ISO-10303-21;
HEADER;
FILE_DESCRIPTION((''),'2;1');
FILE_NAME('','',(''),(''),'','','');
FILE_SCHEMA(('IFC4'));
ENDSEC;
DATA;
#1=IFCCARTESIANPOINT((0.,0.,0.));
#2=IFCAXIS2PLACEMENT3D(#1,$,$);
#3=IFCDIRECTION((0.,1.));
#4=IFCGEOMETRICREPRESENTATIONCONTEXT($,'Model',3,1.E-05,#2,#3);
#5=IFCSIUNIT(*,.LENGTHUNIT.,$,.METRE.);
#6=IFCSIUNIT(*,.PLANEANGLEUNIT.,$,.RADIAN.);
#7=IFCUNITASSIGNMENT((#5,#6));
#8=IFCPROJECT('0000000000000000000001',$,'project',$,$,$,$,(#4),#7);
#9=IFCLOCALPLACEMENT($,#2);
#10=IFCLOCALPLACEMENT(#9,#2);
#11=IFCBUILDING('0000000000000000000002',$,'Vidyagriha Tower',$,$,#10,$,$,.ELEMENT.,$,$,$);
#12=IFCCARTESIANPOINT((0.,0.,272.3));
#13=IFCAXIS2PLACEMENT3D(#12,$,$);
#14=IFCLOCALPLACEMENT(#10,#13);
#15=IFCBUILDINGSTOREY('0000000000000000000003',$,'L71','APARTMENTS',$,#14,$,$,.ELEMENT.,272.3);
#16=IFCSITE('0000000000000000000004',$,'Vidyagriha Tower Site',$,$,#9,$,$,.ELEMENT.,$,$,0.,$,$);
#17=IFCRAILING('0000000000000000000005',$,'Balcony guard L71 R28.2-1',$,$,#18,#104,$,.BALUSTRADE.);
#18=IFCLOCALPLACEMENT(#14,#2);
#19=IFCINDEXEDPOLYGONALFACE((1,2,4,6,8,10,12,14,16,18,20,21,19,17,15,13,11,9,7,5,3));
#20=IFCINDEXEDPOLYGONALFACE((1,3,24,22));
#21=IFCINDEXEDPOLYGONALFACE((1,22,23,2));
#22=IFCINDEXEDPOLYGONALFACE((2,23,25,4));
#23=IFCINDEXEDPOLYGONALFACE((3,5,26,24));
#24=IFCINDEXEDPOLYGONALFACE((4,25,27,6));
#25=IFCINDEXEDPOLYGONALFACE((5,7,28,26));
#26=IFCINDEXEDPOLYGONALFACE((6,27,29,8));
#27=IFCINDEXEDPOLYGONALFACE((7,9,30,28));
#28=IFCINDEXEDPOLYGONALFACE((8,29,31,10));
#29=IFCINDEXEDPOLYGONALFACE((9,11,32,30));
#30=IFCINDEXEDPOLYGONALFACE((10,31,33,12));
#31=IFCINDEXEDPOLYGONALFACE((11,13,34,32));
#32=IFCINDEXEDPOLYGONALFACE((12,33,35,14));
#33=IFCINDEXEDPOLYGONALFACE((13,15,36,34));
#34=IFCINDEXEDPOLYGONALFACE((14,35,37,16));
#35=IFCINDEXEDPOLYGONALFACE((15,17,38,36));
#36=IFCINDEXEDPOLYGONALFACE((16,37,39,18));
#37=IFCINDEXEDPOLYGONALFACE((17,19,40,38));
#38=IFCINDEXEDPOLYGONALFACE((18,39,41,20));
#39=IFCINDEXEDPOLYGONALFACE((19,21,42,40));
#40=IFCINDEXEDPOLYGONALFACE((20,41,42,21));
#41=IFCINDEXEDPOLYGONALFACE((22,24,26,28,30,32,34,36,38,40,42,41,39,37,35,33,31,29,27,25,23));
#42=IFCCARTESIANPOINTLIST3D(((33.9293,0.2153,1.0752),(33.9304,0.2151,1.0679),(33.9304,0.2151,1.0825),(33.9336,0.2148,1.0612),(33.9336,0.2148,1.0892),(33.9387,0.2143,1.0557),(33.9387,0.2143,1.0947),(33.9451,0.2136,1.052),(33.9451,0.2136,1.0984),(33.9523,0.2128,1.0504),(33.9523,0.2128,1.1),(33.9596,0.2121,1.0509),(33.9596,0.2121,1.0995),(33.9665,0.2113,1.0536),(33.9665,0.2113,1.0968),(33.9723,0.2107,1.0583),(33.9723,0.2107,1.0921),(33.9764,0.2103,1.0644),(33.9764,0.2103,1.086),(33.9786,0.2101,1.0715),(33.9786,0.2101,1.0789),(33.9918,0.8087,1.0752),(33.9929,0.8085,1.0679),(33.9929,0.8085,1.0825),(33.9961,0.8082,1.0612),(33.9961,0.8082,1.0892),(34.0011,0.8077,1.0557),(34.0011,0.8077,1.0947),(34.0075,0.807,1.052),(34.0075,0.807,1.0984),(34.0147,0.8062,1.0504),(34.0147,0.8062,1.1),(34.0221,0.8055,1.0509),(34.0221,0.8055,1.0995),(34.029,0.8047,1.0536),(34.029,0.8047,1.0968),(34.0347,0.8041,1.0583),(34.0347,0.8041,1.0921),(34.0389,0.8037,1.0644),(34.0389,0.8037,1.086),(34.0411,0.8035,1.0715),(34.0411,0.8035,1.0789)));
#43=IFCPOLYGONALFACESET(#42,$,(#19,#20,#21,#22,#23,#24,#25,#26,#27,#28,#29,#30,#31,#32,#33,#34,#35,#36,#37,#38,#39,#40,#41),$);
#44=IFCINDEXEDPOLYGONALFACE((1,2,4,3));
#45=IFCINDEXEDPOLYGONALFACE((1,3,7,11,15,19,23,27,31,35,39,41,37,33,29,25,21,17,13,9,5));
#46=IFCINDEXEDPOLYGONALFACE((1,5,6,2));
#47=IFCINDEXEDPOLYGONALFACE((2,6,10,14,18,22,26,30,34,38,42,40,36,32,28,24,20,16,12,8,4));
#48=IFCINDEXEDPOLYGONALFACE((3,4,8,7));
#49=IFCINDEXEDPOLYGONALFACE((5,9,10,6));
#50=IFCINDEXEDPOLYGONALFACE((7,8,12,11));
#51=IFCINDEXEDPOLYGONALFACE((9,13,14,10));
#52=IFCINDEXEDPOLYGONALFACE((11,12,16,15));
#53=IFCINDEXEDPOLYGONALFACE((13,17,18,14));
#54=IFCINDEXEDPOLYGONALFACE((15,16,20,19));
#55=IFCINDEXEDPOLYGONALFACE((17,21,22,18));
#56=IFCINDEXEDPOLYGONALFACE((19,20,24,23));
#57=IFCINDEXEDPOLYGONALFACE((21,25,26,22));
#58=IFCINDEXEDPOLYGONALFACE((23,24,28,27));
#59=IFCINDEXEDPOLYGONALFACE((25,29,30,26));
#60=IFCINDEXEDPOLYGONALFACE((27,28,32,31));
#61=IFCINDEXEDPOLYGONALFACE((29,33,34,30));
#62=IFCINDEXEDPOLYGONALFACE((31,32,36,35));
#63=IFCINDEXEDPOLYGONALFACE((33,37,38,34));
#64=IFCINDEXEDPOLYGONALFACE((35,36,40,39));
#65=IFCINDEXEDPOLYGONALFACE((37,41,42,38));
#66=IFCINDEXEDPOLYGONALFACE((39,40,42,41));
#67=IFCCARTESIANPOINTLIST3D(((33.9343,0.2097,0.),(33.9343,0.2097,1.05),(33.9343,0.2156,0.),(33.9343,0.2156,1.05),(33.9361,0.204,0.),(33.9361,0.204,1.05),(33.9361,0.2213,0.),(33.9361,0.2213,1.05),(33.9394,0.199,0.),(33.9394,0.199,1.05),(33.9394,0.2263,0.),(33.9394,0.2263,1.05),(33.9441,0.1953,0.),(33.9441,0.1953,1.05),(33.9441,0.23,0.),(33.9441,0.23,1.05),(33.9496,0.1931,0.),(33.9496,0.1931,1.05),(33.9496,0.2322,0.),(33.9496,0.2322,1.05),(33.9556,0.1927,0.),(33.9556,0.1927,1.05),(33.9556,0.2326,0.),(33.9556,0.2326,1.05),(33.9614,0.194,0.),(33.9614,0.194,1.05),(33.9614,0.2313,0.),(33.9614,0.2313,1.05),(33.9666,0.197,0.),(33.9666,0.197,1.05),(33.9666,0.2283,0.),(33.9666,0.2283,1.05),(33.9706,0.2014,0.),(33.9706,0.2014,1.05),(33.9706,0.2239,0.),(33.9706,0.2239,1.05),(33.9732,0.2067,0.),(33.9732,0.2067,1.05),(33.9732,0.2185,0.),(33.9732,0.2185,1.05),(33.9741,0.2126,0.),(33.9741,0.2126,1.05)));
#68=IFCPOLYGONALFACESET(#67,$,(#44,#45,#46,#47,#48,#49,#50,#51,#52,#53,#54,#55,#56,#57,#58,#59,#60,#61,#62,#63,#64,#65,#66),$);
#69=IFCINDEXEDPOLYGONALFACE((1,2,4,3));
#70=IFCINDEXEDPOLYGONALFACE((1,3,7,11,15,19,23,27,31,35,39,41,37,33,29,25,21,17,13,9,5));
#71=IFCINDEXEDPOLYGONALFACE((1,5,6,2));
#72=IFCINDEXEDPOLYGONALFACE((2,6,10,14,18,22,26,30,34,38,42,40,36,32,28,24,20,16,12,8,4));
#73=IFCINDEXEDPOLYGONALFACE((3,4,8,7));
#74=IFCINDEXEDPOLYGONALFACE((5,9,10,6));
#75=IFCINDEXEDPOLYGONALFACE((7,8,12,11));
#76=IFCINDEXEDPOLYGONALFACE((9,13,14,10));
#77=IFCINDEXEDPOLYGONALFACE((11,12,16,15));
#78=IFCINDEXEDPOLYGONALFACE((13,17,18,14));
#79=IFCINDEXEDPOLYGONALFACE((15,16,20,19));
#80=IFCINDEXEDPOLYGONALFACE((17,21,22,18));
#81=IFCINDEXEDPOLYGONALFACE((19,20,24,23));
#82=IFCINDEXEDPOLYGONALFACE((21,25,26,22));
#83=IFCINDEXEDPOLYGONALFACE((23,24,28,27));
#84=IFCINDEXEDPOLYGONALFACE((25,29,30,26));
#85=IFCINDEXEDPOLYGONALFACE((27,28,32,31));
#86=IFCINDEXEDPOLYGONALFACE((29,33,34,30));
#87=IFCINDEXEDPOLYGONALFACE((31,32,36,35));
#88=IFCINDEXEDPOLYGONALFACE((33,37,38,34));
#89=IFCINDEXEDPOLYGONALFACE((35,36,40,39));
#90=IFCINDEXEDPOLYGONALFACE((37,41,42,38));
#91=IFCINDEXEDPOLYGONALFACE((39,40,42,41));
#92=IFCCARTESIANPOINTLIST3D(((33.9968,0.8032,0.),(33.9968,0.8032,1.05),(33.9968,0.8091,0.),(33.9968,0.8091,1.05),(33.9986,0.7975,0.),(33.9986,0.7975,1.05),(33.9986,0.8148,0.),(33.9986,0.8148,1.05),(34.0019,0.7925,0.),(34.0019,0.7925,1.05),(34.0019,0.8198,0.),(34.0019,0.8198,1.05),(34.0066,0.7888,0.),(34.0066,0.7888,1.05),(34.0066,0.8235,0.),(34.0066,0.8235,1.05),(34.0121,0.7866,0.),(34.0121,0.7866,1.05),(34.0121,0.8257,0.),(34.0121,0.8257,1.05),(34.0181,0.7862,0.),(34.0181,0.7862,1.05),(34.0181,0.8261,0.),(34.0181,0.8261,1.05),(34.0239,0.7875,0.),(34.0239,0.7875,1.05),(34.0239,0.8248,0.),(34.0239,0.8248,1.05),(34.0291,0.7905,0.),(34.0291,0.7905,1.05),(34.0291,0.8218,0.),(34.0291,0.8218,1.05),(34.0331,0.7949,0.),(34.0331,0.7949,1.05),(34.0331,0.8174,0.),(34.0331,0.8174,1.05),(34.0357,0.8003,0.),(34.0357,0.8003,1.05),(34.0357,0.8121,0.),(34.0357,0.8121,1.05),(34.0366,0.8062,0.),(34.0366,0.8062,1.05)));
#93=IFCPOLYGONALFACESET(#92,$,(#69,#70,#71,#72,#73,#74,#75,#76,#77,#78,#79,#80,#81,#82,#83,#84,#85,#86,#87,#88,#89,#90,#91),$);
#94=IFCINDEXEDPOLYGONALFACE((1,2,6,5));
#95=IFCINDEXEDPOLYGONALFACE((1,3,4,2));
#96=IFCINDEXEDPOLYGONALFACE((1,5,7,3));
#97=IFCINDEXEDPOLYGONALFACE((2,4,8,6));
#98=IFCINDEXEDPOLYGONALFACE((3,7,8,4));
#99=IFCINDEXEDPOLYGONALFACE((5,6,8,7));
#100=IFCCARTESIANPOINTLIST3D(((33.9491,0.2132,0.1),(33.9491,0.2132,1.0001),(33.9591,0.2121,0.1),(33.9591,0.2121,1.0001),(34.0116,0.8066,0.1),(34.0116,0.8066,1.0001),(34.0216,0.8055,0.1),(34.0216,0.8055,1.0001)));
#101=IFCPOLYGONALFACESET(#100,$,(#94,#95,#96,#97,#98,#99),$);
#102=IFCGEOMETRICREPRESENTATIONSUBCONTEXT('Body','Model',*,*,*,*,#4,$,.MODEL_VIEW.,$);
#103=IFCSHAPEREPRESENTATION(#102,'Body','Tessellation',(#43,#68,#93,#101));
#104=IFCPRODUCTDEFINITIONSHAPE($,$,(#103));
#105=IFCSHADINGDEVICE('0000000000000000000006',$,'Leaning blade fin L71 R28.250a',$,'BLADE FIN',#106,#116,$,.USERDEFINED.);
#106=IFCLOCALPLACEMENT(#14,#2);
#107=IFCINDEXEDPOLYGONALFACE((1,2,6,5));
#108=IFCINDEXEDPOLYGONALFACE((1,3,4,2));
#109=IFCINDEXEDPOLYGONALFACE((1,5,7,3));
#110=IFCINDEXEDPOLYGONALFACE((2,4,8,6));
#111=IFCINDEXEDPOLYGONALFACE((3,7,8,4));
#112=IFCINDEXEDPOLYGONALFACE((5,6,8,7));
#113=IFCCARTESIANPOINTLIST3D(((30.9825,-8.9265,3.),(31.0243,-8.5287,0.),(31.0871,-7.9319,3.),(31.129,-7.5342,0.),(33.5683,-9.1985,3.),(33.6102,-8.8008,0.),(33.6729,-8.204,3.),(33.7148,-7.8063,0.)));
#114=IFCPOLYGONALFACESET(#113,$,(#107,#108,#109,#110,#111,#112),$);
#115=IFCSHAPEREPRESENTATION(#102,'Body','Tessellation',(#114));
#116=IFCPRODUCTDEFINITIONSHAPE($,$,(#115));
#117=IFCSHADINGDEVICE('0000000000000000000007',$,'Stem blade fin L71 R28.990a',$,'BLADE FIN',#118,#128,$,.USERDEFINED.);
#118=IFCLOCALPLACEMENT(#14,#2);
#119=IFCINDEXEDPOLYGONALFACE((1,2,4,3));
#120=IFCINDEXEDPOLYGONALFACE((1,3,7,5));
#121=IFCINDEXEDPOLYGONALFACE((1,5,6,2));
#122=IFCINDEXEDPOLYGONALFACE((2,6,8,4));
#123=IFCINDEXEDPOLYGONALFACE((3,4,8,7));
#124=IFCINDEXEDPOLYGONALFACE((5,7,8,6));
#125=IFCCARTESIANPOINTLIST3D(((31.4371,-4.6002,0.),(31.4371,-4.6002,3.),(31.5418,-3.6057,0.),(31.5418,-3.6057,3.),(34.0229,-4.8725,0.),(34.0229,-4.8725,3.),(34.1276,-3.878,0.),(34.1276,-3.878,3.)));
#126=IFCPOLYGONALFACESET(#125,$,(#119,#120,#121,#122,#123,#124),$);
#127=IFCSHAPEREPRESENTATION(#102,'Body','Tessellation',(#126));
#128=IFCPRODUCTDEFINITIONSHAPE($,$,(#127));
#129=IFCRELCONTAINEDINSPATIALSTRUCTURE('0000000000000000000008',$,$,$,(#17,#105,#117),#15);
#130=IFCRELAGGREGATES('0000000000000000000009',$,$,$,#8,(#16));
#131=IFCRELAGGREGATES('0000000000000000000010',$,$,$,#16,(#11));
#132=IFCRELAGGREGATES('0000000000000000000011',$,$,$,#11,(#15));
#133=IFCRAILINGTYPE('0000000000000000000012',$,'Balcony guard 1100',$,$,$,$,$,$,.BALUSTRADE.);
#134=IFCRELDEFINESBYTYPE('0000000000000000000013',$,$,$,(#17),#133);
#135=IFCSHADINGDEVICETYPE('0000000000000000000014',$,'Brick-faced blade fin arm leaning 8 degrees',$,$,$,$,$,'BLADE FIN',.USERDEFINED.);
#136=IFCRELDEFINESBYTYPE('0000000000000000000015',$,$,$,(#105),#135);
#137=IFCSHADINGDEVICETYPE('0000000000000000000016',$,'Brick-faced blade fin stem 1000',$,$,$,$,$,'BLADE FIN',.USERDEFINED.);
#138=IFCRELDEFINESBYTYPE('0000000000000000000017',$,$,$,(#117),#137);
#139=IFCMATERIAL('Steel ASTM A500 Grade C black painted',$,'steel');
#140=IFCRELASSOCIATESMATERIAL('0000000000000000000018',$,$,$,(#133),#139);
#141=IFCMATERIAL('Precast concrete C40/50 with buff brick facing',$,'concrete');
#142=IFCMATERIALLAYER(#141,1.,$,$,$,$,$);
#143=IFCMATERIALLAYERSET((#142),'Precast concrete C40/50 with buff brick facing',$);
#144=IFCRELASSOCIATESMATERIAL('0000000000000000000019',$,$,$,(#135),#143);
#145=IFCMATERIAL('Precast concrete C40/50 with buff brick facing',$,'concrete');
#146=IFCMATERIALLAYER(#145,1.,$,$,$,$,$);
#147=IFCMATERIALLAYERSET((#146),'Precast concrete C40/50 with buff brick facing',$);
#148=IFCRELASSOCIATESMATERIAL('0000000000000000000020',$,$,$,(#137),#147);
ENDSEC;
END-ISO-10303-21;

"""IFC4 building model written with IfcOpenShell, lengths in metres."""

from ifc_helpers import new_model, si_unit, direction, frame, origin, origin_2d, place, context, subcontext, project, spatial, polyline, rectangle, circle, outline, extrude, material, layer, layer_set, type_object, element, save


model = new_model("IFC4")

# Units and contexts
model_context = context("Model", 3, precision=1e-05, world=origin(), true_north=direction((0.0, 1.0)))
body_context = subcontext(model_context, "Body", "Model", "MODEL_VIEW")
ifc_project = project(units=[si_unit("LENGTHUNIT", "METRE"), si_unit("PLANEANGLEUNIT", "RADIAN")], contexts=[model_context])

# Site, building, storey
site_placement = place(None, origin())
site = spatial("IfcSite", under=ifc_project, at=site_placement, Name="Vidyagriha Tower Site", CompositionType="ELEMENT", RefElevation=0.0)
building_placement = place(site_placement, origin())
building = spatial("IfcBuilding", under=site, at=building_placement, Name="Vidyagriha Tower", CompositionType="ELEMENT")
storey_placement = place(building_placement, frame((0.0, 0.0, 272.3)))
storey = spatial("IfcBuildingStorey", under=building, at=storey_placement, Name="L71", Description="APARTMENTS", CompositionType="ELEMENT", Elevation=272.3)

# Railing
ifc_material_1 = material(Name="Steel ASTM A500 Grade C black painted", Category="steel")
railing_type_1 = type_object("IfcRailingType", Name="Balcony guard 1100", PredefinedType="BALUSTRADE", material=ifc_material_1)
railing_1_placement = place(storey_placement, frame((33.9541, 0.2126, 0.0)))
element("IfcRailing", 1, at=railing_1_placement, inside=storey, type_object=railing_type_1, Name="Balcony guard L71 R28.2-1", PredefinedType="BALUSTRADE", context=body_context, shape_type="SweptSolid", body=[
    extrude(circle(Radius=0.0249, at=origin_2d()), frame((0.0, 0.0, 1.0752), z_axis=(0.104727, 0.994501, 0.0), x_axis=(-0.994501, 0.104727, 0.0)), (0.0, 0.0, 1.0), 0.5967),
    extrude(circle(Radius=0.02, at=origin_2d()), origin(), (0.0, 0.0, 1.0), 1.05),
    extrude(circle(Radius=0.02, at=origin_2d()), frame((0.0625, 0.5935, 0.0)), (0.0, 0.0, 1.0), 1.05),
    extrude(rectangle(XDim=0.01, YDim=0.9001, at=origin_2d()), frame((0.0, 0.0, 0.55), z_axis=(0.104727, 0.994501, 0.0), x_axis=(-0.994501, 0.104727, 0.0)), (0.0, 0.0, 1.0), 0.5967),
])

# Shading devices
ifc_material_2 = material(Name="Precast concrete C40/50 with buff brick facing", Category="concrete")
ifc_layer_1 = layer(ifc_material_2, 1.0)
ifc_layer_set_1 = layer_set([ifc_layer_1], Name="Precast concrete C40/50 with buff brick facing")
shading_device_type_1 = type_object("IfcShadingDeviceType", Name="Brick-faced blade fin arm leaning 8 degrees", ElementType="BLADE FIN", PredefinedType="USERDEFINED", material=ifc_layer_set_1)
shading_device_1_placement = place(storey_placement, frame((32.2754, -9.0625, 0.0), z_axis=(0.0, 0.0, 1.0), x_axis=(0.104648, 0.994509, 0.0)))
element("IfcShadingDevice", 2, at=shading_device_1_placement, inside=storey, type_object=shading_device_type_1, Name="Leaning blade fin L71 R28.250a", ObjectType="BLADE FIN", PredefinedType="USERDEFINED", context=body_context, shape_type="SweptSolid", body=[
    extrude(outline(polyline([(0.3999, 0.0), (1.3999, 0.0), (1.0, 3.0), (0.0, 3.0), (0.3999, 0.0)])), frame((0.0, 1.3, 0.0), z_axis=(0.0, -1.0, 0.0), x_axis=(1.0, 0.0, 0.0)), (0.0, 0.0, 1.0), 2.6001),
])
ifc_material_3 = material(Name="Precast concrete C40/50 with buff brick facing", Category="concrete")
ifc_layer_2 = layer(ifc_material_3, 1.0)
ifc_layer_set_2 = layer_set([ifc_layer_2], Name="Precast concrete C40/50 with buff brick facing")
shading_device_type_2 = type_object("IfcShadingDeviceType", Name="Brick-faced blade fin stem 1000", ElementType="BLADE FIN", PredefinedType="USERDEFINED", material=ifc_layer_set_2)
shading_device_2_placement = place(storey_placement, frame((32.73, -4.7363, 0.0), z_axis=(0.0, 0.0, 1.0), x_axis=(0.104748, 0.994499, 0.0)))
element("IfcShadingDevice", 3, at=shading_device_2_placement, inside=storey, type_object=shading_device_type_2, Name="Stem blade fin L71 R28.990a", ObjectType="BLADE FIN", PredefinedType="USERDEFINED", context=body_context, shape_type="SweptSolid", body=[
    extrude(outline(polyline([(0.0, 0.0), (1.0, 0.0), (1.0, 3.0), (0.0, 3.0), (0.0, 0.0)])), frame((0.0, 1.3, 0.0), z_axis=(0.0, -1.0, 0.0), x_axis=(1.0, 0.0, 0.0)), (0.0, 0.0, 1.0), 2.6001),
])

save(model, "model.ifc")
